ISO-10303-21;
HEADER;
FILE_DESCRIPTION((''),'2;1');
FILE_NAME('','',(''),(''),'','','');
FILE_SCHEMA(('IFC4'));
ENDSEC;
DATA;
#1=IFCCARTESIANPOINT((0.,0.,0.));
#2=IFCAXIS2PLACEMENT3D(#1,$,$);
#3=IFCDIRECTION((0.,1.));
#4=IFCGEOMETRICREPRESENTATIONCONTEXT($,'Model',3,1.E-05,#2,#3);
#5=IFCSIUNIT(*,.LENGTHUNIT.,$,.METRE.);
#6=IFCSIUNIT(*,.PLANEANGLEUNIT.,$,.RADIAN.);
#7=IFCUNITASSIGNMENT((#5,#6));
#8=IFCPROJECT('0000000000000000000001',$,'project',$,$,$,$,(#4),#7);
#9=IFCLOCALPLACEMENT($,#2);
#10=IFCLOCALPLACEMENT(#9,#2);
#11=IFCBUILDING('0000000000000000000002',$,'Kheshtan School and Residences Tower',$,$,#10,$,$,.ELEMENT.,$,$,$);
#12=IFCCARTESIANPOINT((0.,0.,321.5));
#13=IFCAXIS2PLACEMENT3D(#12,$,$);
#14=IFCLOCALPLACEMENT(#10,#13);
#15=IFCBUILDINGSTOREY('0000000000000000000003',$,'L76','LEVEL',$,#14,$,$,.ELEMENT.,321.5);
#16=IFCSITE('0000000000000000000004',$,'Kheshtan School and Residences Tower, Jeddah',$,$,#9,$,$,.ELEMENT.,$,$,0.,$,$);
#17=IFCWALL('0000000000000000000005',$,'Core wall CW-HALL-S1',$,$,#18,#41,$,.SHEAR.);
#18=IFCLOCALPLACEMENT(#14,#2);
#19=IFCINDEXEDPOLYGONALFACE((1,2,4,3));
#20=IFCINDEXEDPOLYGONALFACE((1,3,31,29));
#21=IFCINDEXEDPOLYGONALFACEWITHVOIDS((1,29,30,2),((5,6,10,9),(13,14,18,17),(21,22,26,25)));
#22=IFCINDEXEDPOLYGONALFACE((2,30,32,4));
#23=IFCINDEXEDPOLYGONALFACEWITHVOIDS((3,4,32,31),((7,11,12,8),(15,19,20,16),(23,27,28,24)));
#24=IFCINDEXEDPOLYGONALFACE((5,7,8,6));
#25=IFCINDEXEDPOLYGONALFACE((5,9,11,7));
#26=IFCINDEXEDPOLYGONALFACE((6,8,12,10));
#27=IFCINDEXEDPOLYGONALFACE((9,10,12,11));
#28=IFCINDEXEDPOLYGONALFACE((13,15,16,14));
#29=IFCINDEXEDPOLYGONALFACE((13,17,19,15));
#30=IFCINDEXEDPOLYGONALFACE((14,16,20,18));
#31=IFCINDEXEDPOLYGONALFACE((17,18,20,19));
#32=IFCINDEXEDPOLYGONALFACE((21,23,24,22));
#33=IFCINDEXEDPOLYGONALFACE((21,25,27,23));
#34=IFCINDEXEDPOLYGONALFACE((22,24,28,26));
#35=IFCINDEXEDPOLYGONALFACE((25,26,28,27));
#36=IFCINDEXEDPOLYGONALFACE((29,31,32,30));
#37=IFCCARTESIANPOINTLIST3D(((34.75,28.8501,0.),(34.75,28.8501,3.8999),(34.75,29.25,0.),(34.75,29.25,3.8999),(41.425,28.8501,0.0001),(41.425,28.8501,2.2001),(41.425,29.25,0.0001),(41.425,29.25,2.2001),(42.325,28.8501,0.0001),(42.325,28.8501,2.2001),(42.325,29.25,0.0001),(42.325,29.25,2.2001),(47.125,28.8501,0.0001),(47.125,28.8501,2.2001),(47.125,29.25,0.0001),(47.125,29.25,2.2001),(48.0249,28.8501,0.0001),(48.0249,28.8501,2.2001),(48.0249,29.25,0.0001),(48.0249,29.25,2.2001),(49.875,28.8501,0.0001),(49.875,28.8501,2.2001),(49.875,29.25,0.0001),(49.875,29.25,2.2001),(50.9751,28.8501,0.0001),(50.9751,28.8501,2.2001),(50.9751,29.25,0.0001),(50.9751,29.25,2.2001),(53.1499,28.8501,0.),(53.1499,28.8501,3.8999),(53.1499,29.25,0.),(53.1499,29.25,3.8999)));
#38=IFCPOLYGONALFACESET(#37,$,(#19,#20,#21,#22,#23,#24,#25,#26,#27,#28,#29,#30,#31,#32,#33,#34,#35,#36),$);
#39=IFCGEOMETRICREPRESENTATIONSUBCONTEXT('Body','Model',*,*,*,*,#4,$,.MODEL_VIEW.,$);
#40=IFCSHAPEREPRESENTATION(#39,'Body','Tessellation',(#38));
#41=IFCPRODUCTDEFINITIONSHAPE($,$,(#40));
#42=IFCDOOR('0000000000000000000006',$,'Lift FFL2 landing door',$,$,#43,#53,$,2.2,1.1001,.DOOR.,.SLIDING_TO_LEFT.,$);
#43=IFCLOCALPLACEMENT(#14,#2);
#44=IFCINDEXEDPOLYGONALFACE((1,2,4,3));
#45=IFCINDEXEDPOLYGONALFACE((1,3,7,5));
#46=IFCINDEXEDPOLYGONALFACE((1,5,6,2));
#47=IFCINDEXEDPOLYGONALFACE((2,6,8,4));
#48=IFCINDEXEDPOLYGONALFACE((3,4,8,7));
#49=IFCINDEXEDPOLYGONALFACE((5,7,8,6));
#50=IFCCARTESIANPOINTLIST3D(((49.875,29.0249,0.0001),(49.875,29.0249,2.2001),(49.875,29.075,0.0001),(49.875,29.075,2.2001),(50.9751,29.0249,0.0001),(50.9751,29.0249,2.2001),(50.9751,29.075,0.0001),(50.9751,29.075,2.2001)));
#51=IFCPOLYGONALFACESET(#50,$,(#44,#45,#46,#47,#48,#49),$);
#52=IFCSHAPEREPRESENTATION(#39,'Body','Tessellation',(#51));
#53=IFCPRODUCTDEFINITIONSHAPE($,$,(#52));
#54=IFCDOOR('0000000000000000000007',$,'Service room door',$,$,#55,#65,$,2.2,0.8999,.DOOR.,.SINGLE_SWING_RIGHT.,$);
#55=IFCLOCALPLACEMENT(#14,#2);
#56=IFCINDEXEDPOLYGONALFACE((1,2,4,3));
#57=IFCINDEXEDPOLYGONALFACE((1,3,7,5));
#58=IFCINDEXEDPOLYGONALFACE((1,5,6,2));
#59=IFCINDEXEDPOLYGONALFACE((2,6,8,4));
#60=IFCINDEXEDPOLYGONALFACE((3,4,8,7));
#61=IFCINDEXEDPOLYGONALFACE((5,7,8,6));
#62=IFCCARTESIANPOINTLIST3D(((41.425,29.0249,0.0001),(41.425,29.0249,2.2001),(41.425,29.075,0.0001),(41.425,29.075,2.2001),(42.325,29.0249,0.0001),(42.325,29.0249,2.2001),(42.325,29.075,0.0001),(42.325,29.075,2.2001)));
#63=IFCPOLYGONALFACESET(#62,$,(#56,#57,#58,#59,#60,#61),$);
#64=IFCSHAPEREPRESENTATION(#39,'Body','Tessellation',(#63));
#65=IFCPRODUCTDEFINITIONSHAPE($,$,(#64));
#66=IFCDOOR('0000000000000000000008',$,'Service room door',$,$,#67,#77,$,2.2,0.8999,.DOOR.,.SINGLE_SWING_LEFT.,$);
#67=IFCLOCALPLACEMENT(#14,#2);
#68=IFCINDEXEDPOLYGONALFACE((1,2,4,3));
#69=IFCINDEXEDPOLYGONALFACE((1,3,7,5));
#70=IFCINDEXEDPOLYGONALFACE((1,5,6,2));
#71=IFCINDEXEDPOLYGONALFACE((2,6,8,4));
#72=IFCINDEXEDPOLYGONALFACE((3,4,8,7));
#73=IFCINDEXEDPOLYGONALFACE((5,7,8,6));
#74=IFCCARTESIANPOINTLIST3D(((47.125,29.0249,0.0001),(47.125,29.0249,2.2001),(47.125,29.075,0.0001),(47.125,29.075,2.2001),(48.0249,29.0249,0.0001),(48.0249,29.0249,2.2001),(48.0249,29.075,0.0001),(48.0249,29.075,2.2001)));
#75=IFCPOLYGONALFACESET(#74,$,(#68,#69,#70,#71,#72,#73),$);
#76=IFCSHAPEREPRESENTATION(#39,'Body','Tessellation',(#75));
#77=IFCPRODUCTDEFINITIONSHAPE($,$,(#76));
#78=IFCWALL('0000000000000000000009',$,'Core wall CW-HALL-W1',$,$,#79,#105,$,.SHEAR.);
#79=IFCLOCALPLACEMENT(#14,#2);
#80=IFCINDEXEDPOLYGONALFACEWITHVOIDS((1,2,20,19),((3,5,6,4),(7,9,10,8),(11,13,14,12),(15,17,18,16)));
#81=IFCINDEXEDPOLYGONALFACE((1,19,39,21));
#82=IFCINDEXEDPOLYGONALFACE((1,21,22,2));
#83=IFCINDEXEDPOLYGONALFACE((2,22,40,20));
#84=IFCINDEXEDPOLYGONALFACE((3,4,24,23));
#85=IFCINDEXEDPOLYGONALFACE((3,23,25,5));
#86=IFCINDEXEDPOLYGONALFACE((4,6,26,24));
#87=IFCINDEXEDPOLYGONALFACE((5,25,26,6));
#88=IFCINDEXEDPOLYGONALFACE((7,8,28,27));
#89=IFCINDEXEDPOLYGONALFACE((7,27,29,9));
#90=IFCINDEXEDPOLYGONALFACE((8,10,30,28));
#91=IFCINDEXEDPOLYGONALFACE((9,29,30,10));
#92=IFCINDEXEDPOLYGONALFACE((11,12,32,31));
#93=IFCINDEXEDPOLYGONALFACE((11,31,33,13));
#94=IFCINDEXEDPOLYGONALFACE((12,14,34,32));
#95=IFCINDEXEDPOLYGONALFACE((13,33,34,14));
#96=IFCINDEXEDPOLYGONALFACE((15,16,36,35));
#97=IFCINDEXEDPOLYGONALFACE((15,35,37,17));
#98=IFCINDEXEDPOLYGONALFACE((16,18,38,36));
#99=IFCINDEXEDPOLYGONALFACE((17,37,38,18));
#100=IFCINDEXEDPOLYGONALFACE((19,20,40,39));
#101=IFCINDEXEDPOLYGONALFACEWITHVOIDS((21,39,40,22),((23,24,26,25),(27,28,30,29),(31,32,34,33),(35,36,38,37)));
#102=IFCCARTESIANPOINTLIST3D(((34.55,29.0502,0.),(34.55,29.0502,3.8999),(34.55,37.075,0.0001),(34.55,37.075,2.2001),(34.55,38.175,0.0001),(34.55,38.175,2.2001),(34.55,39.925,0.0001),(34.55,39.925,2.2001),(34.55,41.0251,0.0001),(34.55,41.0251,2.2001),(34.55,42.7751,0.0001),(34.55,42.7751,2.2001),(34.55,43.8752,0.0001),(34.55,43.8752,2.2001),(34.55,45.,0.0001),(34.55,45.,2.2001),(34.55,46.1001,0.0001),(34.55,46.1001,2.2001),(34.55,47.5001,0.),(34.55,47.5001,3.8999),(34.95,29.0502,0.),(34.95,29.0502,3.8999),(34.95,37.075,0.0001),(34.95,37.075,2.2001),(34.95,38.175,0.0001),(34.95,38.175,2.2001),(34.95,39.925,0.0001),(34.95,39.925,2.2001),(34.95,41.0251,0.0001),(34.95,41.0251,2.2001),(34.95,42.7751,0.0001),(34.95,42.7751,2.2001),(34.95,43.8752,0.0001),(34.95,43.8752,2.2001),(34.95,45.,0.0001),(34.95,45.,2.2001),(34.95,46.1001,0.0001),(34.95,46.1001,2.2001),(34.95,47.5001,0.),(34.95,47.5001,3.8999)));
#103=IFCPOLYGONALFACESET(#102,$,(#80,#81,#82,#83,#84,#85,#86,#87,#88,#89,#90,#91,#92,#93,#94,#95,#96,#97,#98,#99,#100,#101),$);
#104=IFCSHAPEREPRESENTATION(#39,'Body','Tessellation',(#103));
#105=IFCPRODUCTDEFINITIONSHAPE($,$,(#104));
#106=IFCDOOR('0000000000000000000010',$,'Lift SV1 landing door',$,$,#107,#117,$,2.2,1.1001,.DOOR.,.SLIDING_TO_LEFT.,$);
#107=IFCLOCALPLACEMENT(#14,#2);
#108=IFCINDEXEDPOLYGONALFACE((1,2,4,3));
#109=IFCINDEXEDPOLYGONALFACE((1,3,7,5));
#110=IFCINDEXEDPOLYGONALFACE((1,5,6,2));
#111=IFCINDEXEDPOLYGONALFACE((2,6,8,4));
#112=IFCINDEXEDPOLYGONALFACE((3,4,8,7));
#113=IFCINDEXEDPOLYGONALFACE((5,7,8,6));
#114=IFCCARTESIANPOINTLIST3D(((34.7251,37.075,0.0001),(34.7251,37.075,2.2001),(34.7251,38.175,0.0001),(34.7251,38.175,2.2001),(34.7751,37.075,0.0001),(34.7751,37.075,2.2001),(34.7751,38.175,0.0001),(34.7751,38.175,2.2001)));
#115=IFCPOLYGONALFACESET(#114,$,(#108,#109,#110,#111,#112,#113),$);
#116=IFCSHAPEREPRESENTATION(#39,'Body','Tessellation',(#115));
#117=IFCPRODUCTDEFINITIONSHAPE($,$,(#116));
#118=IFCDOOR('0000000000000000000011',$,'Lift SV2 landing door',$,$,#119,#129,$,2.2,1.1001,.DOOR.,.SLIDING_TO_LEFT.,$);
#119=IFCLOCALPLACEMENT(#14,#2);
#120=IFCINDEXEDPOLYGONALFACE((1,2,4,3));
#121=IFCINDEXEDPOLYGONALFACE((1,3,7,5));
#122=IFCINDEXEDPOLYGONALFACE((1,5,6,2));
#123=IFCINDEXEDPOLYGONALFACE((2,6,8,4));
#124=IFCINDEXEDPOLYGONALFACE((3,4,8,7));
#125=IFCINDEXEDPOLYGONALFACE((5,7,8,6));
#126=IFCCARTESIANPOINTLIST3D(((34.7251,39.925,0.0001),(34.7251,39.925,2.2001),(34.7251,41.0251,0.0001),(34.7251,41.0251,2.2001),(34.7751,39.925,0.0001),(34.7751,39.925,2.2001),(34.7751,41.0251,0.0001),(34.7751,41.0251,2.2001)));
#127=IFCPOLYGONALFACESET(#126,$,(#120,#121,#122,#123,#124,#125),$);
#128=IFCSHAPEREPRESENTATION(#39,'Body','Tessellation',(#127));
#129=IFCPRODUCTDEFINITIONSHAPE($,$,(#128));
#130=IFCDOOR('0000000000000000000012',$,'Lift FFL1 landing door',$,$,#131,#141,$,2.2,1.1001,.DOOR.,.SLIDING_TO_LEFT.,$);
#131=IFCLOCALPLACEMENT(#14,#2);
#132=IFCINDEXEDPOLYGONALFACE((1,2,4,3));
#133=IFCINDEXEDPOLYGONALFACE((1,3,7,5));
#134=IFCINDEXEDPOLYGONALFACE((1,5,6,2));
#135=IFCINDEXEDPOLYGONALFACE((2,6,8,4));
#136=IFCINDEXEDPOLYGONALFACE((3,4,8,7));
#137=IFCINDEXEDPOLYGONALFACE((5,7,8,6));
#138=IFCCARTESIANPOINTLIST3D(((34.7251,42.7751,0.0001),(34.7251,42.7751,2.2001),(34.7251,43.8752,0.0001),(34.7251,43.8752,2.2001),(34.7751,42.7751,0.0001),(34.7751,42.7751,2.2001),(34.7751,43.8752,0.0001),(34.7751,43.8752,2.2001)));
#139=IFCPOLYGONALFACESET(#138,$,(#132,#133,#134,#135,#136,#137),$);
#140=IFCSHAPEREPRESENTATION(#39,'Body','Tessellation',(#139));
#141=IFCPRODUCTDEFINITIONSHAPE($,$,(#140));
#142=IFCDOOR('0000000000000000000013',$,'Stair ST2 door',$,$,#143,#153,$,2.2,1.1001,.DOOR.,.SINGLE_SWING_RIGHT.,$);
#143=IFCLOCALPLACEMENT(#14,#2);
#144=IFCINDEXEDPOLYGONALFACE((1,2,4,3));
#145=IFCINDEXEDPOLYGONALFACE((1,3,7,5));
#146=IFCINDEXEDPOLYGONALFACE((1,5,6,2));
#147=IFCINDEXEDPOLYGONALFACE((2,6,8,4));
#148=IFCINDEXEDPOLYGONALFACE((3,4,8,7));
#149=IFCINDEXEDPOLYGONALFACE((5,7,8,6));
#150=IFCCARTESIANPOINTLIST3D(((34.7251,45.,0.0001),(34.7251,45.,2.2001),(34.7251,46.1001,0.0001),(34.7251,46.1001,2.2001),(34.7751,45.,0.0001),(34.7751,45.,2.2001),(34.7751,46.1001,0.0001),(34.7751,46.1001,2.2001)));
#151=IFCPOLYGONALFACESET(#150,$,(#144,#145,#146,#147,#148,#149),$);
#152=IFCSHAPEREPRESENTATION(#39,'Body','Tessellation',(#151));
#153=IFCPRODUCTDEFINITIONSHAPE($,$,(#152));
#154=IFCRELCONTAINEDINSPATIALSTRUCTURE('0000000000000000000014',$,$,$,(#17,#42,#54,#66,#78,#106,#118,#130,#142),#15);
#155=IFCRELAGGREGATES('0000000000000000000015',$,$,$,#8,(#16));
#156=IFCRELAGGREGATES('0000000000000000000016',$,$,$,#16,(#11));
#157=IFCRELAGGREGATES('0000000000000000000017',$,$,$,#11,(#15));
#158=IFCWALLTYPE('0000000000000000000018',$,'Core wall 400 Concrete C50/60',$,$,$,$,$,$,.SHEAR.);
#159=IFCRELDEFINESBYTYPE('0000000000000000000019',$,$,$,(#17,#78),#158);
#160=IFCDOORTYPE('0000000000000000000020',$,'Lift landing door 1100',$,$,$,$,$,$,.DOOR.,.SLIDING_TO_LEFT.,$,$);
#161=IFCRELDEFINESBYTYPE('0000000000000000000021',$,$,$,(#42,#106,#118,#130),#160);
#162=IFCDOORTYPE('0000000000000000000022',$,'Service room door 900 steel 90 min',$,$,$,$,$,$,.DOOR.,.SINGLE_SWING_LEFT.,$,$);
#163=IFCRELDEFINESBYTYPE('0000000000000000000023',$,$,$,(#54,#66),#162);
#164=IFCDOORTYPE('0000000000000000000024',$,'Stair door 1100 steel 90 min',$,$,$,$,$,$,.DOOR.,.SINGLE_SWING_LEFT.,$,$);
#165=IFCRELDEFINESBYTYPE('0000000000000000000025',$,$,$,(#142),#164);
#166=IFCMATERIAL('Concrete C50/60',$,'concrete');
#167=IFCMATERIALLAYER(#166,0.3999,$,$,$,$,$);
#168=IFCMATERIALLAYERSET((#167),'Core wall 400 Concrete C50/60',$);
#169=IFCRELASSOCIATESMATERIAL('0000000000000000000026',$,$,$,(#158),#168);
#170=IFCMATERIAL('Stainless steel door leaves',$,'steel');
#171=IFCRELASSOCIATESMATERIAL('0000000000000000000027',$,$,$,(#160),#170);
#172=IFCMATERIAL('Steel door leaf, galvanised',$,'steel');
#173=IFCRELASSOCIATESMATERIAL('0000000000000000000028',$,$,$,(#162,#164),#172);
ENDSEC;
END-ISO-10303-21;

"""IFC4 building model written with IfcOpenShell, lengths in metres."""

from ifc_helpers import new_model, si_unit, direction, frame, frame_2d, origin, place, context, subcontext, project, spatial, rectangle, extrude, source, transform, mapped, material, layer, layer_set, type_object, element, fill, save


model = new_model("IFC4")

# Units and contexts
model_context = context("Model", 3, precision=1e-05, world=origin(), true_north=direction((0.0, 1.0)))
body_context = subcontext(model_context, "Body", "Model", "MODEL_VIEW")
ifc_project = project(units=[si_unit("LENGTHUNIT", "METRE"), si_unit("PLANEANGLEUNIT", "RADIAN")], contexts=[model_context])

# Site, building, storey
site_placement = place(None, origin())
site = spatial("IfcSite", under=ifc_project, at=site_placement, Name="Kheshtan School and Residences Tower, Jeddah", CompositionType="ELEMENT", RefElevation=0.0)
building_placement = place(site_placement, origin())
building = spatial("IfcBuilding", under=site, at=building_placement, Name="Kheshtan School and Residences Tower", CompositionType="ELEMENT")
storey_placement = place(building_placement, frame((0.0, 0.0, 321.5)))
storey = spatial("IfcBuildingStorey", under=building, at=storey_placement, Name="L76", Description="LEVEL", CompositionType="ELEMENT", Elevation=321.5)

# Walls, openings, doors
ifc_material_1 = material(Name="Concrete C50/60", Category="concrete")
ifc_layer_1 = layer(ifc_material_1, 0.3999)
ifc_layer_set_1 = layer_set([ifc_layer_1], Name="Core wall 400 Concrete C50/60")
wall_type_1 = type_object("IfcWallType", Name="Core wall 400 Concrete C50/60", PredefinedType="SHEAR", material=ifc_layer_set_1)
wall_1_placement = place(storey_placement, frame((34.75, 29.05, 0.0), z_axis=(0.0, 0.0, 1.0), x_axis=(1.0, 0.0, 0.0)))
wall_1 = element("IfcWall", 1, at=wall_1_placement, inside=storey, type_object=wall_type_1, Name="Core wall CW-HALL-S1", PredefinedType="SHEAR", context=body_context, shape_type="SweptSolid", body=[
    extrude(rectangle(XDim=18.3999, YDim=0.3999, at=frame_2d((9.2, 0.0))), origin(), (0.0, 0.0, 1.0), 3.8999),
])
opening_1_placement = place(wall_1_placement, frame((15.125, 0.0, 0.0)))
opening_1 = element("IfcOpeningElement", 2, at=opening_1_placement, cuts=wall_1, PredefinedType="OPENING", context=body_context, shape_type="SweptSolid", body=[
    extrude(rectangle(XDim=1.1001, YDim=2.2, at=frame_2d((0.55, 1.1001))), frame((0.0, 0.21, 0.0), z_axis=(0.0, -1.0, 0.0), x_axis=(1.0, 0.0, 0.0)), (0.0, 0.0, 1.0), 0.4199),
])
opening_2_placement = place(wall_1_placement, frame((6.675, 0.0, 0.0)))
opening_2 = element("IfcOpeningElement", 3, at=opening_2_placement, cuts=wall_1, PredefinedType="OPENING", context=body_context, shape_type="SweptSolid", body=[
    extrude(rectangle(XDim=0.8999, YDim=2.2, at=frame_2d((0.45, 1.1001))), frame((0.0, 0.21, 0.0), z_axis=(0.0, -1.0, 0.0), x_axis=(1.0, 0.0, 0.0)), (0.0, 0.0, 1.0), 0.4199),
])
opening_3_placement = place(wall_1_placement, frame((12.375, 0.0, 0.0)))
opening_3 = element("IfcOpeningElement", 4, at=opening_3_placement, cuts=wall_1, PredefinedType="OPENING", context=body_context, shape_type="SweptSolid", body=[
    extrude(rectangle(XDim=0.8999, YDim=2.2, at=frame_2d((0.45, 1.1001))), frame((0.0, 0.21, 0.0), z_axis=(0.0, -1.0, 0.0), x_axis=(1.0, 0.0, 0.0)), (0.0, 0.0, 1.0), 0.4199),
])
ifc_material_2 = material(Name="Stainless steel door leaves", Category="steel")
door_type_1 = type_object("IfcDoorType", Name="Lift landing door 1100", OperationType="SLIDING_TO_LEFT", PredefinedType="DOOR", material=ifc_material_2)
shared_shape_1 = source(origin(), body_context, "Body", "SweptSolid", [
    extrude(rectangle(XDim=1.1001, YDim=2.2, at=frame_2d((0.55, 1.1001))), frame((0.0, 0.0249, 0.0), z_axis=(0.0, -1.0, 0.0), x_axis=(1.0, 0.0, 0.0)), (0.0, 0.0, 1.0), 0.05),
])
door_1_placement = place(opening_1_placement, origin())
door_1 = element("IfcDoor", 5, at=door_1_placement, inside=storey, type_object=door_type_1, Name="Lift FFL2 landing door", OperationType="SLIDING_TO_LEFT", OverallHeight=2.2, OverallWidth=1.1001, PredefinedType="DOOR", context=body_context, shape_type="MappedRepresentation", body=[
    mapped(shared_shape_1, transform((0.0, 0.0, 0.0), x_axis=(1.0, 0.0, 0.0), y_axis=(0.0, 1.0, 0.0), z_axis=(0.0, 0.0, 1.0), scale=1.0)),
])
fill(opening_1, door_1)
ifc_material_3 = material(Name="Steel door leaf, galvanised", Category="steel")
door_type_2 = type_object("IfcDoorType", Name="Service room door 900 steel 90 min", OperationType="SINGLE_SWING_LEFT", PredefinedType="DOOR", material=ifc_material_3)
shared_shape_2 = source(origin(), body_context, "Body", "SweptSolid", [
    extrude(rectangle(XDim=0.8999, YDim=2.2, at=frame_2d((0.45, 1.1001))), frame((0.0, 0.0249, 0.0), z_axis=(0.0, -1.0, 0.0), x_axis=(1.0, 0.0, 0.0)), (0.0, 0.0, 1.0), 0.05),
])
door_2_placement = place(opening_2_placement, origin())
door_2 = element("IfcDoor", 6, at=door_2_placement, inside=storey, type_object=door_type_2, Name="Service room door", OperationType="SINGLE_SWING_RIGHT", OverallHeight=2.2, OverallWidth=0.8999, PredefinedType="DOOR", context=body_context, shape_type="MappedRepresentation", body=[
    mapped(shared_shape_2, transform((0.0, 0.0, 0.0), x_axis=(1.0, 0.0, 0.0), y_axis=(0.0, 1.0, 0.0), z_axis=(0.0, 0.0, 1.0), scale=1.0)),
])
fill(opening_2, door_2)
door_3_placement = place(opening_3_placement, origin())
door_3 = element("IfcDoor", 7, at=door_3_placement, inside=storey, type_object=door_type_2, Name="Service room door", OperationType="SINGLE_SWING_LEFT", OverallHeight=2.2, OverallWidth=0.8999, PredefinedType="DOOR", context=body_context, shape_type="MappedRepresentation", body=[
    mapped(shared_shape_2, transform((0.0, 0.0, 0.0), x_axis=(1.0, 0.0, 0.0), y_axis=(0.0, 1.0, 0.0), z_axis=(0.0, 0.0, 1.0), scale=1.0)),
])
fill(opening_3, door_3)
wall_2_placement = place(storey_placement, frame((34.75, 29.05, 0.0), z_axis=(0.0, 0.0, 1.0), x_axis=(0.0, 1.0, 0.0)))
wall_2 = element("IfcWall", 8, at=wall_2_placement, inside=storey, type_object=wall_type_1, Name="Core wall CW-HALL-W1", PredefinedType="SHEAR", context=body_context, shape_type="SweptSolid", body=[
    extrude(rectangle(XDim=18.45, YDim=0.3999, at=frame_2d((9.2251, 0.0))), origin(), (0.0, 0.0, 1.0), 3.8999),
])
opening_4_placement = place(wall_2_placement, frame((8.0249, 0.0, 0.0)))
opening_4 = element("IfcOpeningElement", 9, at=opening_4_placement, cuts=wall_2, PredefinedType="OPENING", context=body_context, shape_type="SweptSolid", body=[
    extrude(rectangle(XDim=1.1001, YDim=2.2, at=frame_2d((0.55, 1.1001))), frame((0.0, 0.21, 0.0), z_axis=(0.0, -1.0, 0.0), x_axis=(1.0, 0.0, 0.0)), (0.0, 0.0, 1.0), 0.4199),
])
opening_5_placement = place(wall_2_placement, frame((10.875, 0.0, 0.0)))
opening_5 = element("IfcOpeningElement", 10, at=opening_5_placement, cuts=wall_2, PredefinedType="OPENING", context=body_context, shape_type="SweptSolid", body=[
    extrude(rectangle(XDim=1.1001, YDim=2.2, at=frame_2d((0.55, 1.1001))), frame((0.0, 0.21, 0.0), z_axis=(0.0, -1.0, 0.0), x_axis=(1.0, 0.0, 0.0)), (0.0, 0.0, 1.0), 0.4199),
])
opening_6_placement = place(wall_2_placement, frame((13.7251, 0.0, 0.0)))
opening_6 = element("IfcOpeningElement", 11, at=opening_6_placement, cuts=wall_2, PredefinedType="OPENING", context=body_context, shape_type="SweptSolid", body=[
    extrude(rectangle(XDim=1.1001, YDim=2.2, at=frame_2d((0.55, 1.1001))), frame((0.0, 0.21, 0.0), z_axis=(0.0, -1.0, 0.0), x_axis=(1.0, 0.0, 0.0)), (0.0, 0.0, 1.0), 0.4199),
])
opening_7_placement = place(wall_2_placement, frame((15.95, 0.0, 0.0)))
opening_7 = element("IfcOpeningElement", 12, at=opening_7_placement, cuts=wall_2, PredefinedType="OPENING", context=body_context, shape_type="SweptSolid", body=[
    extrude(rectangle(XDim=1.1001, YDim=2.2, at=frame_2d((0.55, 1.1001))), frame((0.0, 0.21, 0.0), z_axis=(0.0, -1.0, 0.0), x_axis=(1.0, 0.0, 0.0)), (0.0, 0.0, 1.0), 0.4199),
])
door_4_placement = place(opening_4_placement, origin())
door_4 = element("IfcDoor", 13, at=door_4_placement, inside=storey, type_object=door_type_1, Name="Lift SV1 landing door", OperationType="SLIDING_TO_LEFT", OverallHeight=2.2, OverallWidth=1.1001, PredefinedType="DOOR", context=body_context, shape_type="MappedRepresentation", body=[
    mapped(shared_shape_1, transform((0.0, 0.0, 0.0), x_axis=(1.0, 0.0, 0.0), y_axis=(0.0, 1.0, 0.0), z_axis=(0.0, 0.0, 1.0), scale=1.0)),
])
fill(opening_4, door_4)
door_5_placement = place(opening_5_placement, origin())
door_5 = element("IfcDoor", 14, at=door_5_placement, inside=storey, type_object=door_type_1, Name="Lift SV2 landing door", OperationType="SLIDING_TO_LEFT", OverallHeight=2.2, OverallWidth=1.1001, PredefinedType="DOOR", context=body_context, shape_type="MappedRepresentation", body=[
    mapped(shared_shape_1, transform((0.0, 0.0, 0.0), x_axis=(1.0, 0.0, 0.0), y_axis=(0.0, 1.0, 0.0), z_axis=(0.0, 0.0, 1.0), scale=1.0)),
])
fill(opening_5, door_5)
door_6_placement = place(opening_6_placement, origin())
door_6 = element("IfcDoor", 15, at=door_6_placement, inside=storey, type_object=door_type_1, Name="Lift FFL1 landing door", OperationType="SLIDING_TO_LEFT", OverallHeight=2.2, OverallWidth=1.1001, PredefinedType="DOOR", context=body_context, shape_type="MappedRepresentation", body=[
    mapped(shared_shape_1, transform((0.0, 0.0, 0.0), x_axis=(1.0, 0.0, 0.0), y_axis=(0.0, 1.0, 0.0), z_axis=(0.0, 0.0, 1.0), scale=1.0)),
])
fill(opening_6, door_6)
door_type_3 = type_object("IfcDoorType", Name="Stair door 1100 steel 90 min", OperationType="SINGLE_SWING_LEFT", PredefinedType="DOOR", material=ifc_material_3)
shared_shape_3 = source(origin(), body_context, "Body", "SweptSolid", [
    extrude(rectangle(XDim=1.1001, YDim=2.2, at=frame_2d((0.55, 1.1001))), frame((0.0, 0.0249, 0.0), z_axis=(0.0, -1.0, 0.0), x_axis=(1.0, 0.0, 0.0)), (0.0, 0.0, 1.0), 0.05),
])
door_7_placement = place(opening_7_placement, origin())
door_7 = element("IfcDoor", 16, at=door_7_placement, inside=storey, type_object=door_type_3, Name="Stair ST2 door", OperationType="SINGLE_SWING_RIGHT", OverallHeight=2.2, OverallWidth=1.1001, PredefinedType="DOOR", context=body_context, shape_type="MappedRepresentation", body=[
    mapped(shared_shape_3, transform((0.0, 0.0, 0.0), x_axis=(1.0, 0.0, 0.0), y_axis=(0.0, 1.0, 0.0), z_axis=(0.0, 0.0, 1.0), scale=1.0)),
])
fill(opening_7, door_7)

save(model, "model.ifc")
